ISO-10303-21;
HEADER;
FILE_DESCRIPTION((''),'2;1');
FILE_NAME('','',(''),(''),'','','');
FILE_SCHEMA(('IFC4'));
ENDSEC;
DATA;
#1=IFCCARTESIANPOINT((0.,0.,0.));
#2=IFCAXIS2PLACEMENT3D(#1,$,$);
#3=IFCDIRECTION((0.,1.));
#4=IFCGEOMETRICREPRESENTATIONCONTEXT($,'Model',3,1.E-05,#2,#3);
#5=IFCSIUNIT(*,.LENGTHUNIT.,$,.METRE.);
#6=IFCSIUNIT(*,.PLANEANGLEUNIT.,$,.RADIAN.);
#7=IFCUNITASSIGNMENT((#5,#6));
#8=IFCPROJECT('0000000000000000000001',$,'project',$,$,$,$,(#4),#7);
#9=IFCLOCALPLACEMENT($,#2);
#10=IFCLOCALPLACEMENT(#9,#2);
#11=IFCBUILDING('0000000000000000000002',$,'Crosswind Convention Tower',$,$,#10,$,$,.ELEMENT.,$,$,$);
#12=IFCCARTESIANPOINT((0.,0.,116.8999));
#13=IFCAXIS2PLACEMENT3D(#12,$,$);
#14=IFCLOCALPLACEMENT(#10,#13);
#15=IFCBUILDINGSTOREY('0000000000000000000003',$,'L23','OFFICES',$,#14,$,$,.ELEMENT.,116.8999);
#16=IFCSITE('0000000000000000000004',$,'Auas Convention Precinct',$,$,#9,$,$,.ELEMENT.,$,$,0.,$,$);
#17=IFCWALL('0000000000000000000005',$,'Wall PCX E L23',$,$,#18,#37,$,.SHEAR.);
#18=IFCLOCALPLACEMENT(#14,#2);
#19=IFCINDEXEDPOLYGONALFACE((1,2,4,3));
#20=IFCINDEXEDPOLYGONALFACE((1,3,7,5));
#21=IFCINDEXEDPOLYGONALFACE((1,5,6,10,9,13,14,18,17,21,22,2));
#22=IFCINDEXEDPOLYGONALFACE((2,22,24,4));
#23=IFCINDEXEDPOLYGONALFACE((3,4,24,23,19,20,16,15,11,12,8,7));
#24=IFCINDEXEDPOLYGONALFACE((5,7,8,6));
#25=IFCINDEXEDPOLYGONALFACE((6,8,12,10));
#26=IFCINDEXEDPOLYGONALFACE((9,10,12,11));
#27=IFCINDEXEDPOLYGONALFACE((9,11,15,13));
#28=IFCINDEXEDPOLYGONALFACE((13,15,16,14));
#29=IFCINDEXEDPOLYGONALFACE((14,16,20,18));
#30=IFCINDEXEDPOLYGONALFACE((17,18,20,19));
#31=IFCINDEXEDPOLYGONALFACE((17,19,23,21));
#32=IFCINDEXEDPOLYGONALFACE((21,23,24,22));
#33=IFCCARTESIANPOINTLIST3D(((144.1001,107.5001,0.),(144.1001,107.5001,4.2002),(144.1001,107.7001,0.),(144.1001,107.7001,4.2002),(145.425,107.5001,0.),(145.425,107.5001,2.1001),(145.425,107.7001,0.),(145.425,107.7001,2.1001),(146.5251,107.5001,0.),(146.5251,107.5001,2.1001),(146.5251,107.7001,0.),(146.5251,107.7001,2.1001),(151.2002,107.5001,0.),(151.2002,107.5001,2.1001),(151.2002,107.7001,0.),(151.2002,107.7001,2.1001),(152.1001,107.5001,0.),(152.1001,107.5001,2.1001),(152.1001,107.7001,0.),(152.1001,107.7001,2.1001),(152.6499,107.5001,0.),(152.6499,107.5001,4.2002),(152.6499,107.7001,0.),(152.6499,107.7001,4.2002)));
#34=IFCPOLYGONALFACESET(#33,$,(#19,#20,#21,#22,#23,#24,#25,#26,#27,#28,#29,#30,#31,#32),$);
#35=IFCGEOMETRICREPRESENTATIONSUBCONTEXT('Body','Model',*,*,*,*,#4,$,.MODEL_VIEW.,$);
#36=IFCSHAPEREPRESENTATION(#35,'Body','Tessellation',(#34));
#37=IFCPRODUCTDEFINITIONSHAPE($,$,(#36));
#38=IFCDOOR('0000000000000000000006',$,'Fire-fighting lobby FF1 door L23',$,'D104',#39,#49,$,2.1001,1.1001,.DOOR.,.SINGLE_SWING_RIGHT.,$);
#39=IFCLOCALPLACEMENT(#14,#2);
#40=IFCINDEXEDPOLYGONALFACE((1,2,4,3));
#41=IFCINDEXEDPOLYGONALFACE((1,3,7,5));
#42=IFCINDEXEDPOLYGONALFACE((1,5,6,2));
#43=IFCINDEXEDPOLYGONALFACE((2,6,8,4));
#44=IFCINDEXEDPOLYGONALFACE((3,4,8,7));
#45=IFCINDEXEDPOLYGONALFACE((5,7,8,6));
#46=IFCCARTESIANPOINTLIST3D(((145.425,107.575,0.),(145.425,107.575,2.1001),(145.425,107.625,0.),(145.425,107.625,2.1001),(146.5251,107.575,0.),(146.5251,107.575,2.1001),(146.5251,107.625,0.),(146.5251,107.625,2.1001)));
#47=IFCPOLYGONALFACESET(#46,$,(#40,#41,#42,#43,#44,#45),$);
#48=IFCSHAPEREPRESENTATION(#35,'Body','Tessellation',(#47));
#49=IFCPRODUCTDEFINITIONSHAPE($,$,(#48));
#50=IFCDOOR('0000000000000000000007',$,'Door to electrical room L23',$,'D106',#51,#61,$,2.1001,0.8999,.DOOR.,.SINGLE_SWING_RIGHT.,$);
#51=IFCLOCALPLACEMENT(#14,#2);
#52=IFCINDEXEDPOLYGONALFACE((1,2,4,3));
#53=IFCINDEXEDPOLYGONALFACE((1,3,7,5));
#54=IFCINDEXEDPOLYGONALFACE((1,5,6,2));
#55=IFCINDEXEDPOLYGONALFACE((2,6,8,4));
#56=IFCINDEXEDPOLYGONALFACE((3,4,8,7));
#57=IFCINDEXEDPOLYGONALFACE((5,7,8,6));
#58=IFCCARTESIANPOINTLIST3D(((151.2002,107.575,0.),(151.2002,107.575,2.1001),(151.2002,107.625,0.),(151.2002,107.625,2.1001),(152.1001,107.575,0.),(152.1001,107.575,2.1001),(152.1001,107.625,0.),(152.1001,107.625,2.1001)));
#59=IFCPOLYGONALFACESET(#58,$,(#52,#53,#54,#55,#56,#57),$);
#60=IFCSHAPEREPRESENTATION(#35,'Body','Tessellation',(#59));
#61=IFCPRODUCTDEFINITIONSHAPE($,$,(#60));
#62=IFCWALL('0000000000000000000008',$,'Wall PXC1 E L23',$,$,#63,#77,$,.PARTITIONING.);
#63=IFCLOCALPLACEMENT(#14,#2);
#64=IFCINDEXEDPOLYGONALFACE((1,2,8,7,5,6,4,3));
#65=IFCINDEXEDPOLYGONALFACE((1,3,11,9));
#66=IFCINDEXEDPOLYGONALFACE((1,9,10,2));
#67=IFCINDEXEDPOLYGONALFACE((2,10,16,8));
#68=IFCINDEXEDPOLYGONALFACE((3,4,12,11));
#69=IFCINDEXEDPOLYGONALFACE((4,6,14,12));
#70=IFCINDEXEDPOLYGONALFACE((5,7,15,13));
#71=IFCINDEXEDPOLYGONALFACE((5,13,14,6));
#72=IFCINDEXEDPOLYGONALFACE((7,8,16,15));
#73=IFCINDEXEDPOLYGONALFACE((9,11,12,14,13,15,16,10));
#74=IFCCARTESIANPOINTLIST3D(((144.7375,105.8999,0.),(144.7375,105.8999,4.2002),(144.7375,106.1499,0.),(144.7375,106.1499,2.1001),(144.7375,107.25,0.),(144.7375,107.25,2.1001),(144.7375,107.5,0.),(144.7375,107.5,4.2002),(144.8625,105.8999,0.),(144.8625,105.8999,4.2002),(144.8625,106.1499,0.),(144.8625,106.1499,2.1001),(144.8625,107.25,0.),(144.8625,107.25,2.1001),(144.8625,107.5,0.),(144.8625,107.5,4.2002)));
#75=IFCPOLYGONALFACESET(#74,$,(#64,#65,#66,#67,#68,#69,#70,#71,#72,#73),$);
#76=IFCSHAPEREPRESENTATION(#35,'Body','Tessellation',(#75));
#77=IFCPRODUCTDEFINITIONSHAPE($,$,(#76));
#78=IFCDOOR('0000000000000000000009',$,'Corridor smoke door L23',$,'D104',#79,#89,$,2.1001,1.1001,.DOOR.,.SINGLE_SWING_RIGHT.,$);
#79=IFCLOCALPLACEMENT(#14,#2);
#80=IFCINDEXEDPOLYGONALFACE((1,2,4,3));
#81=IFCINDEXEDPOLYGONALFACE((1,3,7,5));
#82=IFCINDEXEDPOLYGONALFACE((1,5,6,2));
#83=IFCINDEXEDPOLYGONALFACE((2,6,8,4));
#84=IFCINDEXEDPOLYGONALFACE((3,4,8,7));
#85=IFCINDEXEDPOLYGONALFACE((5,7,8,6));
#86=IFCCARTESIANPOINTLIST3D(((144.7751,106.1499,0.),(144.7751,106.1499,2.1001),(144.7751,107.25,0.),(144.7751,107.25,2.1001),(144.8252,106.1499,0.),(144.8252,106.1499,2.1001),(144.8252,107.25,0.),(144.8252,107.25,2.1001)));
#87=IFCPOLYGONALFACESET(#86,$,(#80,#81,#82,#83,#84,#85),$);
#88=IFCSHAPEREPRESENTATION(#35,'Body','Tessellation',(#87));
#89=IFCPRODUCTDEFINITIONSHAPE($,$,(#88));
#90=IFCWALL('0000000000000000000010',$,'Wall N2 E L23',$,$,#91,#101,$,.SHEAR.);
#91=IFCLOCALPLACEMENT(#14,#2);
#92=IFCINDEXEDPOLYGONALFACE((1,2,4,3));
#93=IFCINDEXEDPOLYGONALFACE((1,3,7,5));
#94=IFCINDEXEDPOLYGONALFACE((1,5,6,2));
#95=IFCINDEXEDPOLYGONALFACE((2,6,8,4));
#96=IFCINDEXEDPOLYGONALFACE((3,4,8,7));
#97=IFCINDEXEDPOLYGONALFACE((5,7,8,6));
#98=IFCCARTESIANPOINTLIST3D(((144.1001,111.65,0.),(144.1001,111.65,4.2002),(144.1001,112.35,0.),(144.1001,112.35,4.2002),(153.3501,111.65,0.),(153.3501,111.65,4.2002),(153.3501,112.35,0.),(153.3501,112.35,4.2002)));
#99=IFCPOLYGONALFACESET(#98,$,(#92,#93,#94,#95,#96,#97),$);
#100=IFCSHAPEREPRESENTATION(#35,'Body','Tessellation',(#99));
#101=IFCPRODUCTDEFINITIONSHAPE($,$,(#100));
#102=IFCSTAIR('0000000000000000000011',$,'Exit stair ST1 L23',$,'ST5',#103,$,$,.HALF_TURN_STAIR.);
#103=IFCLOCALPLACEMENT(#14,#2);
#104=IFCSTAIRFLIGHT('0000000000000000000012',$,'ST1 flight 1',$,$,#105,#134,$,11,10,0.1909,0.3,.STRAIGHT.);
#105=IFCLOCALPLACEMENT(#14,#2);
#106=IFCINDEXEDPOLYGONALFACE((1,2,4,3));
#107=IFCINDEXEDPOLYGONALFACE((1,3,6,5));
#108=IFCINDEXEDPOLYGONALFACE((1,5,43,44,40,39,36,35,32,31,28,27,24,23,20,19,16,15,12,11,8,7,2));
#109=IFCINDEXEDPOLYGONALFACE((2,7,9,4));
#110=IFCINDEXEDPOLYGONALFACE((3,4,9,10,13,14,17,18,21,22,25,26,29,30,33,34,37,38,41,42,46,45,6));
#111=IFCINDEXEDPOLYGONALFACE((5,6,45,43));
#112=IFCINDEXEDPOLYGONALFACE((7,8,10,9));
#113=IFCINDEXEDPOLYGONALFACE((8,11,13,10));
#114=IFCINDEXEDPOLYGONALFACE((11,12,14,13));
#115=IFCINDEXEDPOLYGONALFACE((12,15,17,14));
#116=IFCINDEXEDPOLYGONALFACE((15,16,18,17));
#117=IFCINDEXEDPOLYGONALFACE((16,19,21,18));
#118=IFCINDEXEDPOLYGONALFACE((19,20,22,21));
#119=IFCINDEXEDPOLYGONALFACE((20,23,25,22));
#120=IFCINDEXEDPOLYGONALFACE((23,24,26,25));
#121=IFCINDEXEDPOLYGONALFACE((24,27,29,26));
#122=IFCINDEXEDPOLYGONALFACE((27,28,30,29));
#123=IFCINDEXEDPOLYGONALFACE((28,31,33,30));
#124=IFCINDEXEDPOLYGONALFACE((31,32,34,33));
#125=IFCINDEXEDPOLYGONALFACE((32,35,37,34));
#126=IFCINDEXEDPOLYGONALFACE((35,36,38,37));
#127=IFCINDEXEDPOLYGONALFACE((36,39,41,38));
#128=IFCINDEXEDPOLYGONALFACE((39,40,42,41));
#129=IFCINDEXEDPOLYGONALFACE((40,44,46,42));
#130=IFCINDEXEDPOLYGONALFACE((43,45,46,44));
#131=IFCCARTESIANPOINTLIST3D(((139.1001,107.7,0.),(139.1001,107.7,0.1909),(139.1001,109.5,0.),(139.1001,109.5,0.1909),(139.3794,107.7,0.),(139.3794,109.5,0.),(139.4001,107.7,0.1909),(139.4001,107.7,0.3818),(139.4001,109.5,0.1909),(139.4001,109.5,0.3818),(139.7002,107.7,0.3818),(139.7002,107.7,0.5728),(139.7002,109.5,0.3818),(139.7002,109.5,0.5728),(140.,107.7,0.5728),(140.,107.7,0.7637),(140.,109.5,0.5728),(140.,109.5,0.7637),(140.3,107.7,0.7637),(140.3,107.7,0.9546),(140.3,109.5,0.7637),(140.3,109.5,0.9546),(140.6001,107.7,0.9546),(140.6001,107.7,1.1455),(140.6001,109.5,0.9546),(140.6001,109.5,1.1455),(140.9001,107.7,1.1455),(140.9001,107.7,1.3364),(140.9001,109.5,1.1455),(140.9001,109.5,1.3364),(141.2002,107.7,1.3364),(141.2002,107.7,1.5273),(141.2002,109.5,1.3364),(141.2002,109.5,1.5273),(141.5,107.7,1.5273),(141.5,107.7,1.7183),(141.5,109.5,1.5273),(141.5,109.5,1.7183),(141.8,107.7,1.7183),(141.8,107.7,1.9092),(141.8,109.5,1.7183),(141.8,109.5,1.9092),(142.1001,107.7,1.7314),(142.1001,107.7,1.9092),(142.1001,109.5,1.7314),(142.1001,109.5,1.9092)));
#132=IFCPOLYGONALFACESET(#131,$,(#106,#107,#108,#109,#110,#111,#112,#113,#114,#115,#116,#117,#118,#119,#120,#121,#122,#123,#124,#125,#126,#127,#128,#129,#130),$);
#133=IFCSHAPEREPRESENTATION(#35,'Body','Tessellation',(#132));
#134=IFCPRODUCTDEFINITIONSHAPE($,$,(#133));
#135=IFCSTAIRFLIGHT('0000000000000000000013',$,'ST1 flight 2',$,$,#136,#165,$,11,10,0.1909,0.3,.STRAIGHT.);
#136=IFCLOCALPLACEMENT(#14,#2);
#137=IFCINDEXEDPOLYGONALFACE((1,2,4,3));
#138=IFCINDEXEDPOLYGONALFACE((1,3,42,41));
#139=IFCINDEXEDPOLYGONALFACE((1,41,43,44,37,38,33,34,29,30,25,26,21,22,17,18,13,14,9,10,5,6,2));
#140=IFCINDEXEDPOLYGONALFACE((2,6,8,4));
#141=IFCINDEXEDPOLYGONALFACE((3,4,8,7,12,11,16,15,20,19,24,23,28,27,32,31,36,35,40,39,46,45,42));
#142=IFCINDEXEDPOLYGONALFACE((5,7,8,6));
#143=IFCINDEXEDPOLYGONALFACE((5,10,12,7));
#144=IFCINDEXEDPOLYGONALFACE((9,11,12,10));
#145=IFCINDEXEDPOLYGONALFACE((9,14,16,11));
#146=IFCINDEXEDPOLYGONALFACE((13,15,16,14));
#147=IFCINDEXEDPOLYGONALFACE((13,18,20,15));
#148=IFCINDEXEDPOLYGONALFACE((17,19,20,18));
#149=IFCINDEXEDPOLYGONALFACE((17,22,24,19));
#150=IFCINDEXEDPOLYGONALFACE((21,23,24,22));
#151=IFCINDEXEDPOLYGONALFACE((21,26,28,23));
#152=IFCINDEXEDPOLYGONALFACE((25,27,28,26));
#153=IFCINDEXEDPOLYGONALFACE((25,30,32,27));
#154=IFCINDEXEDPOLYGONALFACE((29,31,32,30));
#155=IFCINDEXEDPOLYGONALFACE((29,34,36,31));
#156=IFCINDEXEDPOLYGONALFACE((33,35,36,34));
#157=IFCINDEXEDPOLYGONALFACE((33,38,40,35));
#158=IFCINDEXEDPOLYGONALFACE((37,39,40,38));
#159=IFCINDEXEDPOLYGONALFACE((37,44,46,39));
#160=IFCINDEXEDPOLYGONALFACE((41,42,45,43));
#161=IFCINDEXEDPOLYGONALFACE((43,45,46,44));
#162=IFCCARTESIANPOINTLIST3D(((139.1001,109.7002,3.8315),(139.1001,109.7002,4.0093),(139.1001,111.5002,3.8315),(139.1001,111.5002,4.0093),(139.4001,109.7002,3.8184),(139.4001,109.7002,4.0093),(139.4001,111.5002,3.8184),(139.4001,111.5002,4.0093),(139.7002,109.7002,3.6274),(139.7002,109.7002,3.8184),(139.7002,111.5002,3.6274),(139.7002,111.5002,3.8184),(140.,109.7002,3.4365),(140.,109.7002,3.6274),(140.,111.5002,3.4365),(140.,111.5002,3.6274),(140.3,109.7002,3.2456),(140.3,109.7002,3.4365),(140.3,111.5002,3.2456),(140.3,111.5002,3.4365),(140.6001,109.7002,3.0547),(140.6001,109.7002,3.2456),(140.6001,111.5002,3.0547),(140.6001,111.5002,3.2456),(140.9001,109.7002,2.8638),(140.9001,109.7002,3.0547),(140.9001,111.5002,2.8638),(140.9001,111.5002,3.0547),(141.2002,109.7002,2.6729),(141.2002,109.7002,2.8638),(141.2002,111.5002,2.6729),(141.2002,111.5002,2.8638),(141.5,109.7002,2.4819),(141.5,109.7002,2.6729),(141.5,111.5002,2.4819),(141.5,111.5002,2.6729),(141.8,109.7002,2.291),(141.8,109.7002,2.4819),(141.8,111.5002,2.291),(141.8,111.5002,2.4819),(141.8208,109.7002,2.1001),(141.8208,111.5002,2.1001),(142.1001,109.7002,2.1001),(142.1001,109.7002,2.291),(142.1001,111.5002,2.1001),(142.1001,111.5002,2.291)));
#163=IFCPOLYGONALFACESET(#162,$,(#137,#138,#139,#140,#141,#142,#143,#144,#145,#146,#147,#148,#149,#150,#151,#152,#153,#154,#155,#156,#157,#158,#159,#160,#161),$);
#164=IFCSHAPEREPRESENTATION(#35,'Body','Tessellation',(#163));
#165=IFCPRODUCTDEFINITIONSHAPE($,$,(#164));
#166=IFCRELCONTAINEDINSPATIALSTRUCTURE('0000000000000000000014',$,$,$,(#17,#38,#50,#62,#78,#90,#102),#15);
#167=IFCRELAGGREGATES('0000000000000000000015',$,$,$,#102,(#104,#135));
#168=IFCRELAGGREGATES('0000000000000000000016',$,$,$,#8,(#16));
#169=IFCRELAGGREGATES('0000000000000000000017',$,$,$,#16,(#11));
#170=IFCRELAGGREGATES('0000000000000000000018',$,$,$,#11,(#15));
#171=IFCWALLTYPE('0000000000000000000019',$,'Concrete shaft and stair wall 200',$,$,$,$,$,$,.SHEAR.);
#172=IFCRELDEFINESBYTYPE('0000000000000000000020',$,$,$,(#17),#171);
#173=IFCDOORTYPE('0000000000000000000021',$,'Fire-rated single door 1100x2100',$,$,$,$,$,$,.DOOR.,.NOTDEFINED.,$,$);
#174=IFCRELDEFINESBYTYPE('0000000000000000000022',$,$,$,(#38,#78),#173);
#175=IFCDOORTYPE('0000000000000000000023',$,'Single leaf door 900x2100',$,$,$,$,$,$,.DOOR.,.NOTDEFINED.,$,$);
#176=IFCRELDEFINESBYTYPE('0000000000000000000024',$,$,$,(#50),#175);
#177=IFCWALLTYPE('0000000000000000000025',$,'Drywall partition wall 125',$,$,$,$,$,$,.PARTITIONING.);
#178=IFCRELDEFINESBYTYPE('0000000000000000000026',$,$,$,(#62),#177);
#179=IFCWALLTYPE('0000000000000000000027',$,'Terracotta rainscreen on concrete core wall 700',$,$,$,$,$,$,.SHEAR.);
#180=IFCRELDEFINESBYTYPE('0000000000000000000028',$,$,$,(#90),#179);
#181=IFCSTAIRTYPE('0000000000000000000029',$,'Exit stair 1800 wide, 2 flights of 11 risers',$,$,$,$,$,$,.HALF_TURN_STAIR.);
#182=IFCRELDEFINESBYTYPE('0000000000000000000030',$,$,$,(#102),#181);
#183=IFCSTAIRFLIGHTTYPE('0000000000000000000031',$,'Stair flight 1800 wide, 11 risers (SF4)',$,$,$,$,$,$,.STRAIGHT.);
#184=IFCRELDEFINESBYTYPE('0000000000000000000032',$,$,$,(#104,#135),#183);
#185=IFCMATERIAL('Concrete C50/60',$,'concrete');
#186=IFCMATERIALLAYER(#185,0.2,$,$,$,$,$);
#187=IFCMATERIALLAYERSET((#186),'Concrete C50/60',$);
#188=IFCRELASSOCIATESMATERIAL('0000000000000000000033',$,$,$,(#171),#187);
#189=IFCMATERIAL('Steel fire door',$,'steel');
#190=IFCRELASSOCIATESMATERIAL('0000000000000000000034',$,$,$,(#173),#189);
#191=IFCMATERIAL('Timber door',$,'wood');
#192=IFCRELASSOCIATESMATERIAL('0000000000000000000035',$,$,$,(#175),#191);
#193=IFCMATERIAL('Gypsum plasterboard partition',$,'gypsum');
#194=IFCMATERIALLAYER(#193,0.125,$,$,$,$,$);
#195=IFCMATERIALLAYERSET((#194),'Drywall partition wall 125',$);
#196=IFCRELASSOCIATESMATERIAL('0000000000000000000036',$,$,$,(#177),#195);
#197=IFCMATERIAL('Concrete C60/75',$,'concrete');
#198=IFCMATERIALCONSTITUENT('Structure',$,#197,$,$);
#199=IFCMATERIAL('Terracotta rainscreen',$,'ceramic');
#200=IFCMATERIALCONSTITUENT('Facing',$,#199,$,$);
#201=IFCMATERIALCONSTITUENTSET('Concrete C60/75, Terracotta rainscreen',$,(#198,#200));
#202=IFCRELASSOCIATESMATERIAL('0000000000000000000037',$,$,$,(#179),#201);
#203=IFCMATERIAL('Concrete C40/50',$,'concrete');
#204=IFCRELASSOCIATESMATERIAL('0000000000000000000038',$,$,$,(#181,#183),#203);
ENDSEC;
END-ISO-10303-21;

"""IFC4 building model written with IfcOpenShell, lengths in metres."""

from ifc_helpers import new_model, si_unit, direction, frame, frame_2d, origin, place, context, subcontext, project, spatial, polyline, rectangle, outline, extrude, material, layer, layer_set, constituent, constituent_set, type_object, element, fill, aggregate, save


model = new_model("IFC4")

# Units and contexts
model_context = context("Model", 3, precision=1e-05, world=origin(), true_north=direction((0.0, 1.0)))
body_context = subcontext(model_context, "Body", "Model", "MODEL_VIEW")
ifc_project = project(units=[si_unit("LENGTHUNIT", "METRE"), si_unit("PLANEANGLEUNIT", "RADIAN")], contexts=[model_context])

# Site, building, storey
site_placement = place(None, origin())
site = spatial("IfcSite", under=ifc_project, at=site_placement, Name="Auas Convention Precinct", CompositionType="ELEMENT", RefElevation=0.0)
building_placement = place(site_placement, origin())
building = spatial("IfcBuilding", under=site, at=building_placement, Name="Crosswind Convention Tower", CompositionType="ELEMENT")
storey_placement = place(building_placement, frame((0.0, 0.0, 116.8999)))
storey = spatial("IfcBuildingStorey", under=building, at=storey_placement, Name="L23", Description="OFFICES", CompositionType="ELEMENT", Elevation=116.8999)

# Shared definitions
ifc_material_1 = material(Name="Concrete C60/75", Category="concrete")

# Shared definitions
ifc_material_2 = material(Name="Concrete C50/60", Category="concrete")
ifc_layer_1 = layer(ifc_material_2, 0.2)
ifc_layer_set_1 = layer_set([ifc_layer_1], Name="Concrete C50/60")
wall_type_1 = type_object("IfcWallType", Name="Concrete shaft and stair wall 200", PredefinedType="SHEAR", material=ifc_layer_set_1)

# Wall, openings, doors
wall_1_placement = place(storey_placement, frame((144.1001, 107.6001, 0.0), z_axis=(0.0, 0.0, 1.0), x_axis=(1.0, 0.0, 0.0)))
wall_1 = element("IfcWall", 1, at=wall_1_placement, inside=storey, type_object=wall_type_1, Name="Wall PCX E L23", PredefinedType="SHEAR", context=body_context, shape_type="SweptSolid", body=[
    extrude(rectangle(XDim=8.5498, YDim=0.2, at=frame_2d((4.2749, 0.0))), origin(), (0.0, 0.0, 1.0), 4.2002),
])
opening_1_placement = place(wall_1_placement, frame((1.325, 0.0, 0.0)))
opening_1 = element("IfcOpeningElement", 2, at=opening_1_placement, cuts=wall_1, PredefinedType="OPENING", context=body_context, shape_type="SweptSolid", body=[
    extrude(rectangle(XDim=1.1001, YDim=2.1001, at=frame_2d((0.55, 1.05))), frame((0.0, 0.1099, 0.0), z_axis=(0.0, -1.0, 0.0), x_axis=(1.0, 0.0, 0.0)), (0.0, 0.0, 1.0), 0.22),
])
opening_2_placement = place(wall_1_placement, frame((7.1001, 0.0, 0.0)))
opening_2 = element("IfcOpeningElement", 3, at=opening_2_placement, cuts=wall_1, PredefinedType="OPENING", context=body_context, shape_type="SweptSolid", body=[
    extrude(rectangle(XDim=0.8999, YDim=2.1001, at=frame_2d((0.45, 1.05))), frame((0.0, 0.1099, 0.0), z_axis=(0.0, -1.0, 0.0), x_axis=(1.0, 0.0, 0.0)), (0.0, 0.0, 1.0), 0.22),
])
ifc_material_3 = material(Name="Steel fire door", Category="steel")
door_type_1 = type_object("IfcDoorType", Name="Fire-rated single door 1100x2100", OperationType="NOTDEFINED", PredefinedType="DOOR", material=ifc_material_3)
door_1_placement = place(opening_1_placement, origin())
door_1 = element("IfcDoor", 4, at=door_1_placement, inside=storey, type_object=door_type_1, Name="Fire-fighting lobby FF1 door L23", ObjectType="D104", OperationType="SINGLE_SWING_RIGHT", OverallHeight=2.1001, OverallWidth=1.1001, PredefinedType="DOOR", context=body_context, shape_type="SweptSolid", body=[
    extrude(rectangle(XDim=1.1001, YDim=2.1001, at=frame_2d((0.55, 1.05))), frame((0.0, 0.0249, 0.0), z_axis=(0.0, -1.0, 0.0), x_axis=(1.0, 0.0, 0.0)), (0.0, 0.0, 1.0), 0.05),
])
fill(opening_1, door_1)
ifc_material_4 = material(Name="Timber door", Category="wood")
door_type_2 = type_object("IfcDoorType", Name="Single leaf door 900x2100", OperationType="NOTDEFINED", PredefinedType="DOOR", material=ifc_material_4)
door_2_placement = place(opening_2_placement, origin())
door_2 = element("IfcDoor", 5, at=door_2_placement, inside=storey, type_object=door_type_2, Name="Door to electrical room L23", ObjectType="D106", OperationType="SINGLE_SWING_RIGHT", OverallHeight=2.1001, OverallWidth=0.8999, PredefinedType="DOOR", context=body_context, shape_type="SweptSolid", body=[
    extrude(rectangle(XDim=0.8999, YDim=2.1001, at=frame_2d((0.45, 1.05))), frame((0.0, 0.0249, 0.0), z_axis=(0.0, -1.0, 0.0), x_axis=(1.0, 0.0, 0.0)), (0.0, 0.0, 1.0), 0.05),
])
fill(opening_2, door_2)

# Wall, opening, door
ifc_material_5 = material(Name="Gypsum plasterboard partition", Category="gypsum")
ifc_layer_2 = layer(ifc_material_5, 0.125)
ifc_layer_set_2 = layer_set([ifc_layer_2], Name="Drywall partition wall 125")
wall_type_2 = type_object("IfcWallType", Name="Drywall partition wall 125", PredefinedType="PARTITIONING", material=ifc_layer_set_2)
wall_2_placement = place(storey_placement, frame((144.8, 105.8999, 0.0), z_axis=(0.0, 0.0, 1.0), x_axis=(0.0, 1.0, 0.0)))
wall_2 = element("IfcWall", 6, at=wall_2_placement, inside=storey, type_object=wall_type_2, Name="Wall PXC1 E L23", PredefinedType="PARTITIONING", context=body_context, shape_type="SweptSolid", body=[
    extrude(rectangle(XDim=1.6001, YDim=0.125, at=frame_2d((0.8, 0.0))), origin(), (0.0, 0.0, 1.0), 4.2002),
])
opening_3_placement = place(wall_2_placement, frame((0.25, 0.0, 0.0)))
opening_3 = element("IfcOpeningElement", 7, at=opening_3_placement, cuts=wall_2, PredefinedType="OPENING", context=body_context, shape_type="SweptSolid", body=[
    extrude(rectangle(XDim=1.1001, YDim=2.1001, at=frame_2d((0.55, 1.05))), frame((0.0, 0.0725, 0.0), z_axis=(0.0, -1.0, 0.0), x_axis=(1.0, 0.0, 0.0)), (0.0, 0.0, 1.0), 0.145),
])
door_3_placement = place(opening_3_placement, origin())
door_3 = element("IfcDoor", 8, at=door_3_placement, inside=storey, type_object=door_type_1, Name="Corridor smoke door L23", ObjectType="D104", OperationType="SINGLE_SWING_RIGHT", OverallHeight=2.1001, OverallWidth=1.1001, PredefinedType="DOOR", context=body_context, shape_type="SweptSolid", body=[
    extrude(rectangle(XDim=1.1001, YDim=2.1001, at=frame_2d((0.55, 1.05))), frame((0.0, 0.0249, 0.0), z_axis=(0.0, -1.0, 0.0), x_axis=(1.0, 0.0, 0.0)), (0.0, 0.0, 1.0), 0.05),
])
fill(opening_3, door_3)

# Wall
ifc_constituent_1 = constituent(ifc_material_1, Name="Structure")
ifc_material_6 = material(Name="Terracotta rainscreen", Category="ceramic")
ifc_constituent_2 = constituent(ifc_material_6, Name="Facing")
ifc_constituent_set = constituent_set(constituents=[ifc_constituent_1, ifc_constituent_2], Name="Concrete C60/75, Terracotta rainscreen")
wall_type_3 = type_object("IfcWallType", Name="Terracotta rainscreen on concrete core wall 700", PredefinedType="SHEAR", material=ifc_constituent_set)
wall_3_placement = place(storey_placement, frame((144.1001, 112.0, 0.0), z_axis=(0.0, 0.0, 1.0), x_axis=(1.0, 0.0, 0.0)))
element("IfcWall", 9, at=wall_3_placement, inside=storey, type_object=wall_type_3, Name="Wall N2 E L23", PredefinedType="SHEAR", context=body_context, shape_type="SweptSolid", body=[
    extrude(rectangle(XDim=9.25, YDim=0.7, at=frame_2d((4.625, 0.0))), origin(), (0.0, 0.0, 1.0), 4.2002),
])

# Stair, stair flights
ifc_material_7 = material(Name="Concrete C40/50", Category="concrete")
stair_type = type_object("IfcStairType", Name="Exit stair 1800 wide, 2 flights of 11 risers", PredefinedType="HALF_TURN_STAIR", material=ifc_material_7)
stair_placement = place(storey_placement, origin())
stair = element("IfcStair", 10, at=stair_placement, inside=storey, type_object=stair_type, Name="Exit stair ST1 L23", ObjectType="ST5", PredefinedType="HALF_TURN_STAIR")
stair_flight_type = type_object("IfcStairFlightType", Name="Stair flight 1800 wide, 11 risers (SF4)", PredefinedType="STRAIGHT", material=ifc_material_7)
stair_flight_1_placement = place(storey_placement, frame((139.1001, 108.6001, 0.0), z_axis=(0.0, 0.0, 1.0), x_axis=(1.0, 0.0, 0.0)))
stair_flight_1 = element("IfcStairFlight", 11, at=stair_flight_1_placement, type_object=stair_flight_type, Name="ST1 flight 1", NumberOfRisers=11, NumberOfTreads=10, PredefinedType="STRAIGHT", RiserHeight=0.1909, TreadLength=0.3, context=body_context, shape_type="SweptSolid", body=[
    extrude(outline(polyline([(0.0, 0.0), (0.0, 0.1909), (0.3, 0.1909), (0.3, 0.3818), (0.6001, 0.3818), (0.6001, 0.5728), (0.8999, 0.5728), (0.8999, 0.7637), (1.2, 0.7637), (1.2, 0.9546), (1.5, 0.9546), (1.5, 1.1455), (1.8, 1.1455), (1.8, 1.3364), (2.1001, 1.3364), (2.1001, 1.5273), (2.3999, 1.5273), (2.3999, 1.7183), (2.7, 1.7183), (2.7, 1.9092), (3.0, 1.9092), (3.0, 2.1001), (3.0, 1.7314), (0.2793, 0.0), (0.0, 0.0)])), frame((0.0, 0.8999, 0.0), z_axis=(0.0, -1.0, 0.0), x_axis=(1.0, 0.0, 0.0)), (0.0, 0.0, 1.0), 1.8),
])
stair_flight_2_placement = place(storey_placement, frame((142.1001, 110.6001, 2.1001), z_axis=(0.0, 0.0, 1.0), x_axis=(-1.0, 0.0, 0.0)))
stair_flight_2 = element("IfcStairFlight", 12, at=stair_flight_2_placement, type_object=stair_flight_type, Name="ST1 flight 2", NumberOfRisers=11, NumberOfTreads=10, PredefinedType="STRAIGHT", RiserHeight=0.1909, TreadLength=0.3, context=body_context, shape_type="SweptSolid", body=[
    extrude(outline(polyline([(0.0, 0.0), (0.0, 0.1909), (0.3, 0.1909), (0.3, 0.3818), (0.6001, 0.3818), (0.6001, 0.5728), (0.8999, 0.5728), (0.8999, 0.7637), (1.2, 0.7637), (1.2, 0.9546), (1.5, 0.9546), (1.5, 1.1455), (1.8, 1.1455), (1.8, 1.3364), (2.1001, 1.3364), (2.1001, 1.5273), (2.3999, 1.5273), (2.3999, 1.7183), (2.7, 1.7183), (2.7, 1.9092), (3.0, 1.9092), (3.0, 2.1001), (3.0, 1.7314), (0.2793, 0.0), (0.0, 0.0)])), frame((0.0, 0.8999, 0.0), z_axis=(0.0, -1.0, 0.0), x_axis=(1.0, 0.0, 0.0)), (0.0, 0.0, 1.0), 1.8),
])
aggregate(stair, [stair_flight_1, stair_flight_2])

save(model, "model.ifc")
